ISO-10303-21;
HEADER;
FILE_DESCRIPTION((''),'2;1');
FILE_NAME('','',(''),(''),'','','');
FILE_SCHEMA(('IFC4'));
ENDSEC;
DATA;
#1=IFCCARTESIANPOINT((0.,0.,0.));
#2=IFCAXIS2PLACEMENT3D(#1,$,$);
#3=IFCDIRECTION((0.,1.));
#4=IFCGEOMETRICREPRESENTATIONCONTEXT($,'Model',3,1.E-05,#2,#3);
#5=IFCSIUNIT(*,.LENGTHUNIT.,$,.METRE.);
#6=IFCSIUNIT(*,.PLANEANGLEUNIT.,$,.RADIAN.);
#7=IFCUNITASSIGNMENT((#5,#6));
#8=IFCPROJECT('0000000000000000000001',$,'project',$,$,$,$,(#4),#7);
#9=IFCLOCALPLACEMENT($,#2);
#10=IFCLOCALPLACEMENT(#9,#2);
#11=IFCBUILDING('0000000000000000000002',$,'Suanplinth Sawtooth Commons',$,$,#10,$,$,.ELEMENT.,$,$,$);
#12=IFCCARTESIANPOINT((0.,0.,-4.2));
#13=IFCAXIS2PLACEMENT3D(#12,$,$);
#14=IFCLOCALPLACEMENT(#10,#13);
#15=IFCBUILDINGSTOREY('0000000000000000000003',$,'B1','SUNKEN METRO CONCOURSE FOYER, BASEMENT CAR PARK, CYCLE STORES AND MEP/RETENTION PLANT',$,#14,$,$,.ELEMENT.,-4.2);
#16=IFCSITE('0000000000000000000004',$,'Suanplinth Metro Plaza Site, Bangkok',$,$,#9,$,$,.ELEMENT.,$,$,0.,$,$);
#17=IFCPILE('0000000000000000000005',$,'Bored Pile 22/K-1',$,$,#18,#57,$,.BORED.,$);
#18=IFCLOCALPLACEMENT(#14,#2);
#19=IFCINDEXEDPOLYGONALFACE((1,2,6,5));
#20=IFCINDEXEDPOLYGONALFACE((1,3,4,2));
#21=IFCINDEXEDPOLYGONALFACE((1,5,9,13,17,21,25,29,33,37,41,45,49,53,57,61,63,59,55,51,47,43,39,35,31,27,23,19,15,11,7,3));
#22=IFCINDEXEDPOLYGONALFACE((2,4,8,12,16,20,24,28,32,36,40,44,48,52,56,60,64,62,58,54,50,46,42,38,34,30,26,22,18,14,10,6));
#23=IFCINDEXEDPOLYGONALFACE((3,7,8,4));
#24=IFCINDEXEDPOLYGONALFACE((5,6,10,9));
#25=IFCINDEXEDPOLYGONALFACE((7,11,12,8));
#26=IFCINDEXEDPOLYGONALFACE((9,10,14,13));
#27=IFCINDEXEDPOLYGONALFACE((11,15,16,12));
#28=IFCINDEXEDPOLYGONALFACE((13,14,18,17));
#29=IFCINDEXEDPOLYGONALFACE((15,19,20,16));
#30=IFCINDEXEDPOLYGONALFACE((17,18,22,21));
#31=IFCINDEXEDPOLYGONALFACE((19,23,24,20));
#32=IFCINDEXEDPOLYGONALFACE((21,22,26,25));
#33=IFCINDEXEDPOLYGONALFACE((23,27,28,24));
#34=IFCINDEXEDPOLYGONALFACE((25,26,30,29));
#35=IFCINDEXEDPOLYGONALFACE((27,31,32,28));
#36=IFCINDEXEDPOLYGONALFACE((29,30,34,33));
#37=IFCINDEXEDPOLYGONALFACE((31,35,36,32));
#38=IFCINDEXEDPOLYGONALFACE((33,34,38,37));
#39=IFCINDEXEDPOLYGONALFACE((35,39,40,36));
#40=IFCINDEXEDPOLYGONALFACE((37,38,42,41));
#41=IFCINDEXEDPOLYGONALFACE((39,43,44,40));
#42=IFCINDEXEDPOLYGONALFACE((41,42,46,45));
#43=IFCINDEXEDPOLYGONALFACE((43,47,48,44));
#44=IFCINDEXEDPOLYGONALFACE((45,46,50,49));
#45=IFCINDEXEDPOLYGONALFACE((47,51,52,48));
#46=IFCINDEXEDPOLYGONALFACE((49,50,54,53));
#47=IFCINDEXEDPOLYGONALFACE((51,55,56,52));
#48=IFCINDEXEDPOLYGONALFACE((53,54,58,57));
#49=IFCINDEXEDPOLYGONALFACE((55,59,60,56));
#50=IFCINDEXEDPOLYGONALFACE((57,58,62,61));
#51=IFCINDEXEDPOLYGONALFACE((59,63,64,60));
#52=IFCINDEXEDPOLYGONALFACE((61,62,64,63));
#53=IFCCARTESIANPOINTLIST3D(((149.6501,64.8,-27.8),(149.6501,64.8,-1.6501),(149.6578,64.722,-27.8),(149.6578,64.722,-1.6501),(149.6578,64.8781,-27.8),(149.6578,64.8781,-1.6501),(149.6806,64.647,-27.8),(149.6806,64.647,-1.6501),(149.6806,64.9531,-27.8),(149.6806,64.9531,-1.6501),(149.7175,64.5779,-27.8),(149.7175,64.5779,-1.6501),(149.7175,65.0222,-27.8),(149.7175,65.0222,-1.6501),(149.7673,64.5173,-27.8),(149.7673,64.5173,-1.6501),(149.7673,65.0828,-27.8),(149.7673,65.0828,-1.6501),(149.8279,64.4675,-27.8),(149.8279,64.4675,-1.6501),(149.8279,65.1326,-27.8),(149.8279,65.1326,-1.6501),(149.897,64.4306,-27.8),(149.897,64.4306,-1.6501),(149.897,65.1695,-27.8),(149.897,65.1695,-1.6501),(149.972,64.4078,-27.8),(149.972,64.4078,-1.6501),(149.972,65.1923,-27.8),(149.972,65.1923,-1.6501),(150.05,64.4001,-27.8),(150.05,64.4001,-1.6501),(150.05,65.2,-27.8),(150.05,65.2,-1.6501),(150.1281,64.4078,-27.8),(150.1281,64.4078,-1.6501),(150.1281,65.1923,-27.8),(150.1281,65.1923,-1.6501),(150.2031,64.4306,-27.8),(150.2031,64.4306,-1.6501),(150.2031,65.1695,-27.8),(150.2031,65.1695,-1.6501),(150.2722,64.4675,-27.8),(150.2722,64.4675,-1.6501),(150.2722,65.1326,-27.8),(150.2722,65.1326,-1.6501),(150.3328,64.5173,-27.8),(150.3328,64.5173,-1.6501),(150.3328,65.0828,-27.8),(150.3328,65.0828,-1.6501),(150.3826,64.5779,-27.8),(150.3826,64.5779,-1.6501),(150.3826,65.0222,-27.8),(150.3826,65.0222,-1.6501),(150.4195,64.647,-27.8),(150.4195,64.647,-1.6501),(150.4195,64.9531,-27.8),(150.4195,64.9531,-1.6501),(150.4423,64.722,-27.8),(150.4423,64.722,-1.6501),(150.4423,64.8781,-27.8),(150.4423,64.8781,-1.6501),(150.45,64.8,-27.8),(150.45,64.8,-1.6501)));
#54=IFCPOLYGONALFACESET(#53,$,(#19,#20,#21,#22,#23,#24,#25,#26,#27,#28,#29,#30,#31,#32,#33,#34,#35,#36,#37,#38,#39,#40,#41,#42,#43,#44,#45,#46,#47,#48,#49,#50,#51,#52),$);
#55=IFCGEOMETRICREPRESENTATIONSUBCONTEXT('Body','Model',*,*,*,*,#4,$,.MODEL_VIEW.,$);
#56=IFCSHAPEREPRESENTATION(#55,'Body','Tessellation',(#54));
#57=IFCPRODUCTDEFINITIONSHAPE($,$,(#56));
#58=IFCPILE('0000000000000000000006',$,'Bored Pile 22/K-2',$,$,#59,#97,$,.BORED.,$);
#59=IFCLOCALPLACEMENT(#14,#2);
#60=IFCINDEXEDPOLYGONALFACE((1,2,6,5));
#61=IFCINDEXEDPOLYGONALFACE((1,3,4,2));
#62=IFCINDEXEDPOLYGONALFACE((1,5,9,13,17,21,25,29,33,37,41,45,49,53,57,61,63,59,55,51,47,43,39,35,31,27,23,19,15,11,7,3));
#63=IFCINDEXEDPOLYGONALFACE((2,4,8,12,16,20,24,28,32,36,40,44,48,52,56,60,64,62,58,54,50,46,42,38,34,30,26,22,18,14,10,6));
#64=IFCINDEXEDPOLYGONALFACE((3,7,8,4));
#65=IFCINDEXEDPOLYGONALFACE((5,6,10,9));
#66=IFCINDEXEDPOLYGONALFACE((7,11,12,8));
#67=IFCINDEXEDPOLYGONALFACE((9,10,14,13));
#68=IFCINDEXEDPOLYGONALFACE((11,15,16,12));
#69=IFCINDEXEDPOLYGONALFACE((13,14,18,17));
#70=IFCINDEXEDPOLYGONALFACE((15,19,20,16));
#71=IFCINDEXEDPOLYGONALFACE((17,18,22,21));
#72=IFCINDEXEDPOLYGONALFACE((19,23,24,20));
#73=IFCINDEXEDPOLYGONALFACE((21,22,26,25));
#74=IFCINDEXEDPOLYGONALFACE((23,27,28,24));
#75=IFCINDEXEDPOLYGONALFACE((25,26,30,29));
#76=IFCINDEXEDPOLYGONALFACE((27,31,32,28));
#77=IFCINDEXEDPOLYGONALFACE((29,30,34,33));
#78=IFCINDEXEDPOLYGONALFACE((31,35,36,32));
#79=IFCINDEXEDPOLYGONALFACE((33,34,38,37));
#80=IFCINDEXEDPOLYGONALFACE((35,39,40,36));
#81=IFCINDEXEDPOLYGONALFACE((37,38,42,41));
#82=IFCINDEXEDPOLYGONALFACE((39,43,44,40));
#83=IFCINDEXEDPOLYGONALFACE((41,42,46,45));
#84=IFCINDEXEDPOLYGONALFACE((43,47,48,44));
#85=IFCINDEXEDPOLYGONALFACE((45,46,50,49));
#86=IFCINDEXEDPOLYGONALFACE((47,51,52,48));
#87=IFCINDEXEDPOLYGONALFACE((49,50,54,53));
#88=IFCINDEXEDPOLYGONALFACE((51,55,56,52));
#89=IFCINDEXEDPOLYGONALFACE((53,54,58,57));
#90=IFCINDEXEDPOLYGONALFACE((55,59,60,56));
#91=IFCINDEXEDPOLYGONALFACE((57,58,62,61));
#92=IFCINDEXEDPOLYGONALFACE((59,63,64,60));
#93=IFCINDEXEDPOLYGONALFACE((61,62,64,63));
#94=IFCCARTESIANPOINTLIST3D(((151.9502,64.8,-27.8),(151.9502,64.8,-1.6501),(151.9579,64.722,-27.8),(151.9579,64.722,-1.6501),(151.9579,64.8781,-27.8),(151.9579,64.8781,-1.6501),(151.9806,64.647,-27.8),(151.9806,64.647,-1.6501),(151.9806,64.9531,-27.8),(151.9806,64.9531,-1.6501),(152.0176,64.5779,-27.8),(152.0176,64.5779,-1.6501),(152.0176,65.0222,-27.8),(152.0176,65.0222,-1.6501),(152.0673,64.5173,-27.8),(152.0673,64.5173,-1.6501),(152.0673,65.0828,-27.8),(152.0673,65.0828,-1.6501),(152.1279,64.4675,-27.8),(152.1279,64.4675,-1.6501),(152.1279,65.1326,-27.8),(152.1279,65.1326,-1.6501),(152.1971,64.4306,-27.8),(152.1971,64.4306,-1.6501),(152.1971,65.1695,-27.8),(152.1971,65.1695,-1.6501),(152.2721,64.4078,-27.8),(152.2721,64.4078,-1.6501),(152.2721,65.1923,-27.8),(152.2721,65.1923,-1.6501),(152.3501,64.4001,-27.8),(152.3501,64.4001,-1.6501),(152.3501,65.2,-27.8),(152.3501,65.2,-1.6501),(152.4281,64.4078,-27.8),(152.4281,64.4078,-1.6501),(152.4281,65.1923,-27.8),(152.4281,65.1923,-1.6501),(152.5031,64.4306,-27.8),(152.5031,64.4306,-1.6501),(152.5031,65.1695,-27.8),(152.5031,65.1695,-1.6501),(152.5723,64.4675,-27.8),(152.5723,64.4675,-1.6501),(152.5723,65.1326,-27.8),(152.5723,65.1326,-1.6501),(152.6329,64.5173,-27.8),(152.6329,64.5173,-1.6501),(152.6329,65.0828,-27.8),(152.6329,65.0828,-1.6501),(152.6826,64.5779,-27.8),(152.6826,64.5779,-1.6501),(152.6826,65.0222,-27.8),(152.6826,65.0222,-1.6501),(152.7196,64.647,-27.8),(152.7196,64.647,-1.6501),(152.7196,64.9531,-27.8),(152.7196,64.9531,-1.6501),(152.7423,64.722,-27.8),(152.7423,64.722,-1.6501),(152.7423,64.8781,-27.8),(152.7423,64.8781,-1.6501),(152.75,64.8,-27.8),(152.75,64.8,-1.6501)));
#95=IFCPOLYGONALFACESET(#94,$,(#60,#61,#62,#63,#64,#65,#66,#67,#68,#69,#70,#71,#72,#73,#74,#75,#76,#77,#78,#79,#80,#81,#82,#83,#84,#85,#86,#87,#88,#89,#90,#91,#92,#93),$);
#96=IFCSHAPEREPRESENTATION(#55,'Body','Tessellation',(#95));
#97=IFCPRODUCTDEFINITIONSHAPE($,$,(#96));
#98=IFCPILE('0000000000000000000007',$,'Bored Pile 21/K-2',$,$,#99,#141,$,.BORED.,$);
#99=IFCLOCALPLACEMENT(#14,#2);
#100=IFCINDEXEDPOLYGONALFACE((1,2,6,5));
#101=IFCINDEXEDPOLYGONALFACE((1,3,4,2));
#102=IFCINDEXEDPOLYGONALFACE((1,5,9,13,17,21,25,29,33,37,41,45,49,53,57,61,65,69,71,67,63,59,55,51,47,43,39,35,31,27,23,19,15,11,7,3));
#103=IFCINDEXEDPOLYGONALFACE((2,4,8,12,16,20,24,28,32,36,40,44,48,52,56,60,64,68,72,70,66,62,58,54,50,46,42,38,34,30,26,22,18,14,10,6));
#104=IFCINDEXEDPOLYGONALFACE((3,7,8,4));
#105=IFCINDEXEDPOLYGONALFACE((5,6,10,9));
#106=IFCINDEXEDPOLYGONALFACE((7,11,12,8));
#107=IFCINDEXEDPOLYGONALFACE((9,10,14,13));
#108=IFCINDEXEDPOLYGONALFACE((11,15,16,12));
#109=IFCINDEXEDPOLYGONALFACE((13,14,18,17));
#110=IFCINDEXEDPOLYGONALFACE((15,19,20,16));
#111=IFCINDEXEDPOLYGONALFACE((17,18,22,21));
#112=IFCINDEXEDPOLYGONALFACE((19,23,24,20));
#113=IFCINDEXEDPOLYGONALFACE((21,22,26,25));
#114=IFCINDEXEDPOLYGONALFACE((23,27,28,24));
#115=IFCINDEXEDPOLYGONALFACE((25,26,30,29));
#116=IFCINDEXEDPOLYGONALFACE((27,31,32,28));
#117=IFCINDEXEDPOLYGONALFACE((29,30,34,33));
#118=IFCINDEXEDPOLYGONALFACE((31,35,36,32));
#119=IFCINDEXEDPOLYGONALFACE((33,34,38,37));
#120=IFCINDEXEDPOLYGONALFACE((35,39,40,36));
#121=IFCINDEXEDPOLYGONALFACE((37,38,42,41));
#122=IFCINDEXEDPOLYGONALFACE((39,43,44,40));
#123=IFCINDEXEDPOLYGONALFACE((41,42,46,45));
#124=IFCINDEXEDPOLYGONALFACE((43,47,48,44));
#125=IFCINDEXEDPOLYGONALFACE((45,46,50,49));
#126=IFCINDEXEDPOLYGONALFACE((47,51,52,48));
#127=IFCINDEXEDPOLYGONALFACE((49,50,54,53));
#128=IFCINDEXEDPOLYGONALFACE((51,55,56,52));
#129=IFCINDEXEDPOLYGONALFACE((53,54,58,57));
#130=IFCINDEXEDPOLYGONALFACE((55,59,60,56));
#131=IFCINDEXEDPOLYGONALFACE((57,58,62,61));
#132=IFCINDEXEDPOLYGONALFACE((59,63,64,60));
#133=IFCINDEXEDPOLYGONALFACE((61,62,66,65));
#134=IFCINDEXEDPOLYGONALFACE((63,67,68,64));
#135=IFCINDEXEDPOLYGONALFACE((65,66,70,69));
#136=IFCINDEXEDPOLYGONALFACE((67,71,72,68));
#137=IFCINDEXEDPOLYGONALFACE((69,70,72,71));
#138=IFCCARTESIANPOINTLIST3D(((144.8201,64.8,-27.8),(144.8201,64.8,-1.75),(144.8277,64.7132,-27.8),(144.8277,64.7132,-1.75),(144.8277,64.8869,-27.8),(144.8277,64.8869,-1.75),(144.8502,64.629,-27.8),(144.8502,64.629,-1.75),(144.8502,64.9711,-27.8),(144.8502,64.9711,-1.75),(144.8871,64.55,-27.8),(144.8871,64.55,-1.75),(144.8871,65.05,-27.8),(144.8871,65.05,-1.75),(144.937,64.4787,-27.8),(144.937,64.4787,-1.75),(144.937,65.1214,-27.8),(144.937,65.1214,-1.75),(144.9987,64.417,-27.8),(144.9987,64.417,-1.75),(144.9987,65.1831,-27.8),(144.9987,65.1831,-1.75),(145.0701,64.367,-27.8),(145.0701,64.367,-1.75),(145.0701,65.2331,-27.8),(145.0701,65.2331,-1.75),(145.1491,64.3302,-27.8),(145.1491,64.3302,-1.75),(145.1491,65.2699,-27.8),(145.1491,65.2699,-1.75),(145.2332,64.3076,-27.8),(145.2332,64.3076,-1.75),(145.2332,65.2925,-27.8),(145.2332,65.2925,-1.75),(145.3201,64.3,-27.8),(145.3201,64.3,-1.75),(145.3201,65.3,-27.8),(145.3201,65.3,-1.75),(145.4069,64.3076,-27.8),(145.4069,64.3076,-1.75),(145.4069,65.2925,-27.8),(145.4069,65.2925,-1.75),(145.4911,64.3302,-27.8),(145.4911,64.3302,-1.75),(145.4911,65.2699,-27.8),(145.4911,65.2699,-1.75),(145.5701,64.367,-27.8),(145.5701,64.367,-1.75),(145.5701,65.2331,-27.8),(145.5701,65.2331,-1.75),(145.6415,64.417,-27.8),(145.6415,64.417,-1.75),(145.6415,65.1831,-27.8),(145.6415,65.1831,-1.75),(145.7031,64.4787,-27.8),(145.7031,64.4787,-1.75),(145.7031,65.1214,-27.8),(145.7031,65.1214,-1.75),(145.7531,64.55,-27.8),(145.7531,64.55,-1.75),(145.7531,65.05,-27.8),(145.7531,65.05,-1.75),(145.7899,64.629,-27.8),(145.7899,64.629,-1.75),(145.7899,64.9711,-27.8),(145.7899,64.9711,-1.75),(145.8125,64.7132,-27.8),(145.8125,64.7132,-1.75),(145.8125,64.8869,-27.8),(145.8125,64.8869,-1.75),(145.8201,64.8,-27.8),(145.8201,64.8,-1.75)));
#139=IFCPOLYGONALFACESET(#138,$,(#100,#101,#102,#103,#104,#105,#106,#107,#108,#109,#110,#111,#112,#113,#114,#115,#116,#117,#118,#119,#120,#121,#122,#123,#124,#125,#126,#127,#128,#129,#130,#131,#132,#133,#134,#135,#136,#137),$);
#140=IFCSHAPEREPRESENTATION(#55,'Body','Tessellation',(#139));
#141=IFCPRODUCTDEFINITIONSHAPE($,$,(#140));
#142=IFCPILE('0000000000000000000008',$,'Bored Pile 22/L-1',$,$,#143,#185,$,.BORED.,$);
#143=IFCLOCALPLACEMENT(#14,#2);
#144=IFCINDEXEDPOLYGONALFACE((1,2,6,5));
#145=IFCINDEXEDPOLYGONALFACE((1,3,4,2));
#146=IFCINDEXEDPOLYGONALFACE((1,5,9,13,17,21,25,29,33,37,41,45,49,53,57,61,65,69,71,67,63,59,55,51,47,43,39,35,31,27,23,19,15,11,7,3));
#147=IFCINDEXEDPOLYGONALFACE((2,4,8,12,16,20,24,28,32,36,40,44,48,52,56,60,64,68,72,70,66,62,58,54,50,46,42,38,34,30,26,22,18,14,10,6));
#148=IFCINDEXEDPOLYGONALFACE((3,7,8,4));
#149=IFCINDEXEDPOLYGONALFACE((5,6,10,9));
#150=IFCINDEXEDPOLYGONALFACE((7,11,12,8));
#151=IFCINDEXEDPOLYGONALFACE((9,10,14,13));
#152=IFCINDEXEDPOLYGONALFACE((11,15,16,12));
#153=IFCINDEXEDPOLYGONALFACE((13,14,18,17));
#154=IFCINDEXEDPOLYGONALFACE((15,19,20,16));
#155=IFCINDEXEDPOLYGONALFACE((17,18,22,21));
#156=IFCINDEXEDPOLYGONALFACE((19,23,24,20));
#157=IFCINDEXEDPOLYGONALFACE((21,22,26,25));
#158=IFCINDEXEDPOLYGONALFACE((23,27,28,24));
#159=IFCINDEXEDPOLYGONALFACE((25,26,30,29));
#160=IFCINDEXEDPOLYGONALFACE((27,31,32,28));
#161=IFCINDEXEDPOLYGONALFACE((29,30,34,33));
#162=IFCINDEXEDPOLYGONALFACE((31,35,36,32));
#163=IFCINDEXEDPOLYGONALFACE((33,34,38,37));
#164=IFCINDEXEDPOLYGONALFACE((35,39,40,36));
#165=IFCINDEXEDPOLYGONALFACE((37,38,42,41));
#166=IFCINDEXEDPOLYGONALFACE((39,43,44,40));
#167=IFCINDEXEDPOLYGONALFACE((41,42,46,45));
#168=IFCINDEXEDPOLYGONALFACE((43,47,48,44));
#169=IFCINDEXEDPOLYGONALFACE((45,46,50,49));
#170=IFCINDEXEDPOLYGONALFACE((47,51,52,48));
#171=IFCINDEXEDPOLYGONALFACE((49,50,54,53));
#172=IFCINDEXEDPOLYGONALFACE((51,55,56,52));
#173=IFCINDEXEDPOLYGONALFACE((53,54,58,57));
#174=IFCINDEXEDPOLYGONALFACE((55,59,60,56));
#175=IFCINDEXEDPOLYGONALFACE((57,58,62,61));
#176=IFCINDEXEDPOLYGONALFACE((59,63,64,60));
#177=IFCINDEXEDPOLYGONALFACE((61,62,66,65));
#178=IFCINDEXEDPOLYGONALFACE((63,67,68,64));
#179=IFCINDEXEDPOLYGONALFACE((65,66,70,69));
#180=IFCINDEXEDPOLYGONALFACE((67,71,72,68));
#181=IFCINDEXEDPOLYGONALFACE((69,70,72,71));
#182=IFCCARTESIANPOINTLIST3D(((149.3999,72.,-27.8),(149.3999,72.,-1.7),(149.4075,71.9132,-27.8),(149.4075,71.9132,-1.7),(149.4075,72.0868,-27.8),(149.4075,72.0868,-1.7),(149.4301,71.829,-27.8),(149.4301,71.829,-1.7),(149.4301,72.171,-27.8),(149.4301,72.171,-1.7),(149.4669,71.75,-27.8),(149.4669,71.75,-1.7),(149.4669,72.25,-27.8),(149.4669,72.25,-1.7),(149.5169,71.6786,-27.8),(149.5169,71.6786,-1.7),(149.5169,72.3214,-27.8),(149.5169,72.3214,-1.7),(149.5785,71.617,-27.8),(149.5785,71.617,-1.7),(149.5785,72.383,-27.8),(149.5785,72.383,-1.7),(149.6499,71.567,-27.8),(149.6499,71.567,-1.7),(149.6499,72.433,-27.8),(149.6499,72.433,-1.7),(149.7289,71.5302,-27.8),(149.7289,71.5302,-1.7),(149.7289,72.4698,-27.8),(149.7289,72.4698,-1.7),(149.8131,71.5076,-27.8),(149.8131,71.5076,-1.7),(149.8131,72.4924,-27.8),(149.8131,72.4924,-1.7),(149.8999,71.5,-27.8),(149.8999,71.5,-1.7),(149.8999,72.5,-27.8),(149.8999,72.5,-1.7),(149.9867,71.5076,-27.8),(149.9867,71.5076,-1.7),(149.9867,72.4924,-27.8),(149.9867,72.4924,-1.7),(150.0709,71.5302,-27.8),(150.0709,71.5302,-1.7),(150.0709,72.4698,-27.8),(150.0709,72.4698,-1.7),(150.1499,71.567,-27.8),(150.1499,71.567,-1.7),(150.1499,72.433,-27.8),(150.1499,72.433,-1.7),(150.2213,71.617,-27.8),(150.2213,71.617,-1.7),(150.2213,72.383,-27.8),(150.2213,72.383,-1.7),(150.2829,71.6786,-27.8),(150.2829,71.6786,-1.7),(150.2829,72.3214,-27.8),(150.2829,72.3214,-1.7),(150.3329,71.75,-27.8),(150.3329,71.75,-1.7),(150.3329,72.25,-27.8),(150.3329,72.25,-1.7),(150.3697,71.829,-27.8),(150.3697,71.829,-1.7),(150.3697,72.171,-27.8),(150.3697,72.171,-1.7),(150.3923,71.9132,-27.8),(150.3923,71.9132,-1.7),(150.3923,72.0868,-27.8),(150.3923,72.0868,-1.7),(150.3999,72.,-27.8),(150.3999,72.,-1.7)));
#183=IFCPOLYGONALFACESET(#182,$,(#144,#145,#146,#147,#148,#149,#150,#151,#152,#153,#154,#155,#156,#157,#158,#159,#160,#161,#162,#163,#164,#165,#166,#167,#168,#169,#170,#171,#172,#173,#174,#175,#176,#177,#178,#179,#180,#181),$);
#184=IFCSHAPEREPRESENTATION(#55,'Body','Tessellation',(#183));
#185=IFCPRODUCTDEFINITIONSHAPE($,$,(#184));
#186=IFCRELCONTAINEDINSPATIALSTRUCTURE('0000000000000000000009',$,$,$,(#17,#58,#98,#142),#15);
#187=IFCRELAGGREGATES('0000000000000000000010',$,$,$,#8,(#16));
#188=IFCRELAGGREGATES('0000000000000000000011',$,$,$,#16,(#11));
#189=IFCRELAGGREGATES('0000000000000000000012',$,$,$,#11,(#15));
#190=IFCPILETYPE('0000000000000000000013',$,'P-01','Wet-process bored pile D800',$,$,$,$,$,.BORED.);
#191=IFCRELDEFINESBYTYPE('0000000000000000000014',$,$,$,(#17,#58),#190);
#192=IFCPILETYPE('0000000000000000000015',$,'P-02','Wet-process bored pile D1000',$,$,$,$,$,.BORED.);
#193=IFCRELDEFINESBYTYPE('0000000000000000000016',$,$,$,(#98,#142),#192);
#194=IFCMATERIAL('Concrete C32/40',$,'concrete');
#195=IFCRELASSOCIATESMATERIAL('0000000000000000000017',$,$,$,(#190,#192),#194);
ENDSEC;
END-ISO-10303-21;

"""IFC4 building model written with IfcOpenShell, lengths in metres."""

from ifc_helpers import new_model, si_unit, direction, frame, origin, origin_2d, place, context, subcontext, project, spatial, circle, extrude, material, material_profile, profile_set, type_object, element, save


model = new_model("IFC4")

# Units and contexts
model_context = context("Model", 3, precision=1e-05, world=origin(), true_north=direction((0.0, 1.0)))
body_context = subcontext(model_context, "Body", "Model", "MODEL_VIEW")
ifc_project = project(units=[si_unit("LENGTHUNIT", "METRE"), si_unit("PLANEANGLEUNIT", "RADIAN")], contexts=[model_context])

# Site, building, storey
site_placement = place(None, origin())
site = spatial("IfcSite", under=ifc_project, at=site_placement, Name="Suanplinth Metro Plaza Site, Bangkok", CompositionType="ELEMENT", RefElevation=0.0)
building_placement = place(site_placement, origin())
building = spatial("IfcBuilding", under=site, at=building_placement, Name="Suanplinth Sawtooth Commons", CompositionType="ELEMENT")
storey_placement = place(building_placement, frame((0.0, 0.0, -4.2)))
storey = spatial("IfcBuildingStorey", under=building, at=storey_placement, Name="B1", Description="SUNKEN METRO CONCOURSE FOYER, BASEMENT CAR PARK, CYCLE STORES AND MEP/RETENTION PLANT", CompositionType="ELEMENT", Elevation=-4.2)

# Piles
ifc_material_1 = material(Name="Concrete C32/40", Category="concrete")
ifc_material_profile_1 = material_profile(ifc_material_1, circle(Radius=0.3999, at=origin_2d()), Name="PILE D800")
ifc_profile_set_1 = profile_set([ifc_material_profile_1], Name="Concrete C32/40")
pile_type_1 = type_object("IfcPileType", Name="P-01", Description="Wet-process bored pile D800", PredefinedType="BORED", material=ifc_profile_set_1)
for number, where, z_axis, x_axis, name in (
    (1, (150.05, 64.8, -1.6501), (0.0, 0.0, -1.0), (1.0, 0.0, 0.0), "Bored Pile 22/K-1"),
    (2, (152.3501, 64.8, -1.6501), (0.0, 0.0, -1.0), (1.0, 0.0, 0.0), "Bored Pile 22/K-2"),
):
    element("IfcPile", number, at=place(storey_placement, frame(where, z_axis=z_axis, x_axis=x_axis)), inside=storey, type_object=pile_type_1, Name=name, PredefinedType="BORED", context=body_context, shape_type="SweptSolid", body=[
        extrude(circle(Radius=0.3999, at=origin_2d()), origin(), (0.0, 0.0, 1.0), 26.1499),
    ])
ifc_material_profile_2 = material_profile(ifc_material_1, circle(Radius=0.5, at=origin_2d()), Name="PILE D1000")
ifc_profile_set_2 = profile_set([ifc_material_profile_2], Name="Concrete C32/40")
pile_type_2 = type_object("IfcPileType", Name="P-02", Description="Wet-process bored pile D1000", PredefinedType="BORED", material=ifc_profile_set_2)
pile_1_placement = place(storey_placement, frame((145.3201, 64.8, -1.75), z_axis=(0.0, 0.0, -1.0), x_axis=(1.0, 0.0, 0.0)))
element("IfcPile", 3, at=pile_1_placement, inside=storey, type_object=pile_type_2, Name="Bored Pile 21/K-2", PredefinedType="BORED", context=body_context, shape_type="SweptSolid", body=[
    extrude(circle(Radius=0.5, at=origin_2d()), origin(), (0.0, 0.0, 1.0), 26.05),
])
for number, where, z_axis, x_axis, name in (
    (4, (149.8999, 72.0, -1.7), (0.0, 0.0, -1.0), (1.0, 0.0, 0.0), "Bored Pile 22/L-1"),
):
    element("IfcPile", number, at=place(storey_placement, frame(where, z_axis=z_axis, x_axis=x_axis)), inside=storey, type_object=pile_type_2, Name=name, PredefinedType="BORED", context=body_context, shape_type="SweptSolid", body=[
        extrude(circle(Radius=0.5, at=origin_2d()), origin(), (0.0, 0.0, 1.0), 26.1001),
    ])

save(model, "model.ifc")
